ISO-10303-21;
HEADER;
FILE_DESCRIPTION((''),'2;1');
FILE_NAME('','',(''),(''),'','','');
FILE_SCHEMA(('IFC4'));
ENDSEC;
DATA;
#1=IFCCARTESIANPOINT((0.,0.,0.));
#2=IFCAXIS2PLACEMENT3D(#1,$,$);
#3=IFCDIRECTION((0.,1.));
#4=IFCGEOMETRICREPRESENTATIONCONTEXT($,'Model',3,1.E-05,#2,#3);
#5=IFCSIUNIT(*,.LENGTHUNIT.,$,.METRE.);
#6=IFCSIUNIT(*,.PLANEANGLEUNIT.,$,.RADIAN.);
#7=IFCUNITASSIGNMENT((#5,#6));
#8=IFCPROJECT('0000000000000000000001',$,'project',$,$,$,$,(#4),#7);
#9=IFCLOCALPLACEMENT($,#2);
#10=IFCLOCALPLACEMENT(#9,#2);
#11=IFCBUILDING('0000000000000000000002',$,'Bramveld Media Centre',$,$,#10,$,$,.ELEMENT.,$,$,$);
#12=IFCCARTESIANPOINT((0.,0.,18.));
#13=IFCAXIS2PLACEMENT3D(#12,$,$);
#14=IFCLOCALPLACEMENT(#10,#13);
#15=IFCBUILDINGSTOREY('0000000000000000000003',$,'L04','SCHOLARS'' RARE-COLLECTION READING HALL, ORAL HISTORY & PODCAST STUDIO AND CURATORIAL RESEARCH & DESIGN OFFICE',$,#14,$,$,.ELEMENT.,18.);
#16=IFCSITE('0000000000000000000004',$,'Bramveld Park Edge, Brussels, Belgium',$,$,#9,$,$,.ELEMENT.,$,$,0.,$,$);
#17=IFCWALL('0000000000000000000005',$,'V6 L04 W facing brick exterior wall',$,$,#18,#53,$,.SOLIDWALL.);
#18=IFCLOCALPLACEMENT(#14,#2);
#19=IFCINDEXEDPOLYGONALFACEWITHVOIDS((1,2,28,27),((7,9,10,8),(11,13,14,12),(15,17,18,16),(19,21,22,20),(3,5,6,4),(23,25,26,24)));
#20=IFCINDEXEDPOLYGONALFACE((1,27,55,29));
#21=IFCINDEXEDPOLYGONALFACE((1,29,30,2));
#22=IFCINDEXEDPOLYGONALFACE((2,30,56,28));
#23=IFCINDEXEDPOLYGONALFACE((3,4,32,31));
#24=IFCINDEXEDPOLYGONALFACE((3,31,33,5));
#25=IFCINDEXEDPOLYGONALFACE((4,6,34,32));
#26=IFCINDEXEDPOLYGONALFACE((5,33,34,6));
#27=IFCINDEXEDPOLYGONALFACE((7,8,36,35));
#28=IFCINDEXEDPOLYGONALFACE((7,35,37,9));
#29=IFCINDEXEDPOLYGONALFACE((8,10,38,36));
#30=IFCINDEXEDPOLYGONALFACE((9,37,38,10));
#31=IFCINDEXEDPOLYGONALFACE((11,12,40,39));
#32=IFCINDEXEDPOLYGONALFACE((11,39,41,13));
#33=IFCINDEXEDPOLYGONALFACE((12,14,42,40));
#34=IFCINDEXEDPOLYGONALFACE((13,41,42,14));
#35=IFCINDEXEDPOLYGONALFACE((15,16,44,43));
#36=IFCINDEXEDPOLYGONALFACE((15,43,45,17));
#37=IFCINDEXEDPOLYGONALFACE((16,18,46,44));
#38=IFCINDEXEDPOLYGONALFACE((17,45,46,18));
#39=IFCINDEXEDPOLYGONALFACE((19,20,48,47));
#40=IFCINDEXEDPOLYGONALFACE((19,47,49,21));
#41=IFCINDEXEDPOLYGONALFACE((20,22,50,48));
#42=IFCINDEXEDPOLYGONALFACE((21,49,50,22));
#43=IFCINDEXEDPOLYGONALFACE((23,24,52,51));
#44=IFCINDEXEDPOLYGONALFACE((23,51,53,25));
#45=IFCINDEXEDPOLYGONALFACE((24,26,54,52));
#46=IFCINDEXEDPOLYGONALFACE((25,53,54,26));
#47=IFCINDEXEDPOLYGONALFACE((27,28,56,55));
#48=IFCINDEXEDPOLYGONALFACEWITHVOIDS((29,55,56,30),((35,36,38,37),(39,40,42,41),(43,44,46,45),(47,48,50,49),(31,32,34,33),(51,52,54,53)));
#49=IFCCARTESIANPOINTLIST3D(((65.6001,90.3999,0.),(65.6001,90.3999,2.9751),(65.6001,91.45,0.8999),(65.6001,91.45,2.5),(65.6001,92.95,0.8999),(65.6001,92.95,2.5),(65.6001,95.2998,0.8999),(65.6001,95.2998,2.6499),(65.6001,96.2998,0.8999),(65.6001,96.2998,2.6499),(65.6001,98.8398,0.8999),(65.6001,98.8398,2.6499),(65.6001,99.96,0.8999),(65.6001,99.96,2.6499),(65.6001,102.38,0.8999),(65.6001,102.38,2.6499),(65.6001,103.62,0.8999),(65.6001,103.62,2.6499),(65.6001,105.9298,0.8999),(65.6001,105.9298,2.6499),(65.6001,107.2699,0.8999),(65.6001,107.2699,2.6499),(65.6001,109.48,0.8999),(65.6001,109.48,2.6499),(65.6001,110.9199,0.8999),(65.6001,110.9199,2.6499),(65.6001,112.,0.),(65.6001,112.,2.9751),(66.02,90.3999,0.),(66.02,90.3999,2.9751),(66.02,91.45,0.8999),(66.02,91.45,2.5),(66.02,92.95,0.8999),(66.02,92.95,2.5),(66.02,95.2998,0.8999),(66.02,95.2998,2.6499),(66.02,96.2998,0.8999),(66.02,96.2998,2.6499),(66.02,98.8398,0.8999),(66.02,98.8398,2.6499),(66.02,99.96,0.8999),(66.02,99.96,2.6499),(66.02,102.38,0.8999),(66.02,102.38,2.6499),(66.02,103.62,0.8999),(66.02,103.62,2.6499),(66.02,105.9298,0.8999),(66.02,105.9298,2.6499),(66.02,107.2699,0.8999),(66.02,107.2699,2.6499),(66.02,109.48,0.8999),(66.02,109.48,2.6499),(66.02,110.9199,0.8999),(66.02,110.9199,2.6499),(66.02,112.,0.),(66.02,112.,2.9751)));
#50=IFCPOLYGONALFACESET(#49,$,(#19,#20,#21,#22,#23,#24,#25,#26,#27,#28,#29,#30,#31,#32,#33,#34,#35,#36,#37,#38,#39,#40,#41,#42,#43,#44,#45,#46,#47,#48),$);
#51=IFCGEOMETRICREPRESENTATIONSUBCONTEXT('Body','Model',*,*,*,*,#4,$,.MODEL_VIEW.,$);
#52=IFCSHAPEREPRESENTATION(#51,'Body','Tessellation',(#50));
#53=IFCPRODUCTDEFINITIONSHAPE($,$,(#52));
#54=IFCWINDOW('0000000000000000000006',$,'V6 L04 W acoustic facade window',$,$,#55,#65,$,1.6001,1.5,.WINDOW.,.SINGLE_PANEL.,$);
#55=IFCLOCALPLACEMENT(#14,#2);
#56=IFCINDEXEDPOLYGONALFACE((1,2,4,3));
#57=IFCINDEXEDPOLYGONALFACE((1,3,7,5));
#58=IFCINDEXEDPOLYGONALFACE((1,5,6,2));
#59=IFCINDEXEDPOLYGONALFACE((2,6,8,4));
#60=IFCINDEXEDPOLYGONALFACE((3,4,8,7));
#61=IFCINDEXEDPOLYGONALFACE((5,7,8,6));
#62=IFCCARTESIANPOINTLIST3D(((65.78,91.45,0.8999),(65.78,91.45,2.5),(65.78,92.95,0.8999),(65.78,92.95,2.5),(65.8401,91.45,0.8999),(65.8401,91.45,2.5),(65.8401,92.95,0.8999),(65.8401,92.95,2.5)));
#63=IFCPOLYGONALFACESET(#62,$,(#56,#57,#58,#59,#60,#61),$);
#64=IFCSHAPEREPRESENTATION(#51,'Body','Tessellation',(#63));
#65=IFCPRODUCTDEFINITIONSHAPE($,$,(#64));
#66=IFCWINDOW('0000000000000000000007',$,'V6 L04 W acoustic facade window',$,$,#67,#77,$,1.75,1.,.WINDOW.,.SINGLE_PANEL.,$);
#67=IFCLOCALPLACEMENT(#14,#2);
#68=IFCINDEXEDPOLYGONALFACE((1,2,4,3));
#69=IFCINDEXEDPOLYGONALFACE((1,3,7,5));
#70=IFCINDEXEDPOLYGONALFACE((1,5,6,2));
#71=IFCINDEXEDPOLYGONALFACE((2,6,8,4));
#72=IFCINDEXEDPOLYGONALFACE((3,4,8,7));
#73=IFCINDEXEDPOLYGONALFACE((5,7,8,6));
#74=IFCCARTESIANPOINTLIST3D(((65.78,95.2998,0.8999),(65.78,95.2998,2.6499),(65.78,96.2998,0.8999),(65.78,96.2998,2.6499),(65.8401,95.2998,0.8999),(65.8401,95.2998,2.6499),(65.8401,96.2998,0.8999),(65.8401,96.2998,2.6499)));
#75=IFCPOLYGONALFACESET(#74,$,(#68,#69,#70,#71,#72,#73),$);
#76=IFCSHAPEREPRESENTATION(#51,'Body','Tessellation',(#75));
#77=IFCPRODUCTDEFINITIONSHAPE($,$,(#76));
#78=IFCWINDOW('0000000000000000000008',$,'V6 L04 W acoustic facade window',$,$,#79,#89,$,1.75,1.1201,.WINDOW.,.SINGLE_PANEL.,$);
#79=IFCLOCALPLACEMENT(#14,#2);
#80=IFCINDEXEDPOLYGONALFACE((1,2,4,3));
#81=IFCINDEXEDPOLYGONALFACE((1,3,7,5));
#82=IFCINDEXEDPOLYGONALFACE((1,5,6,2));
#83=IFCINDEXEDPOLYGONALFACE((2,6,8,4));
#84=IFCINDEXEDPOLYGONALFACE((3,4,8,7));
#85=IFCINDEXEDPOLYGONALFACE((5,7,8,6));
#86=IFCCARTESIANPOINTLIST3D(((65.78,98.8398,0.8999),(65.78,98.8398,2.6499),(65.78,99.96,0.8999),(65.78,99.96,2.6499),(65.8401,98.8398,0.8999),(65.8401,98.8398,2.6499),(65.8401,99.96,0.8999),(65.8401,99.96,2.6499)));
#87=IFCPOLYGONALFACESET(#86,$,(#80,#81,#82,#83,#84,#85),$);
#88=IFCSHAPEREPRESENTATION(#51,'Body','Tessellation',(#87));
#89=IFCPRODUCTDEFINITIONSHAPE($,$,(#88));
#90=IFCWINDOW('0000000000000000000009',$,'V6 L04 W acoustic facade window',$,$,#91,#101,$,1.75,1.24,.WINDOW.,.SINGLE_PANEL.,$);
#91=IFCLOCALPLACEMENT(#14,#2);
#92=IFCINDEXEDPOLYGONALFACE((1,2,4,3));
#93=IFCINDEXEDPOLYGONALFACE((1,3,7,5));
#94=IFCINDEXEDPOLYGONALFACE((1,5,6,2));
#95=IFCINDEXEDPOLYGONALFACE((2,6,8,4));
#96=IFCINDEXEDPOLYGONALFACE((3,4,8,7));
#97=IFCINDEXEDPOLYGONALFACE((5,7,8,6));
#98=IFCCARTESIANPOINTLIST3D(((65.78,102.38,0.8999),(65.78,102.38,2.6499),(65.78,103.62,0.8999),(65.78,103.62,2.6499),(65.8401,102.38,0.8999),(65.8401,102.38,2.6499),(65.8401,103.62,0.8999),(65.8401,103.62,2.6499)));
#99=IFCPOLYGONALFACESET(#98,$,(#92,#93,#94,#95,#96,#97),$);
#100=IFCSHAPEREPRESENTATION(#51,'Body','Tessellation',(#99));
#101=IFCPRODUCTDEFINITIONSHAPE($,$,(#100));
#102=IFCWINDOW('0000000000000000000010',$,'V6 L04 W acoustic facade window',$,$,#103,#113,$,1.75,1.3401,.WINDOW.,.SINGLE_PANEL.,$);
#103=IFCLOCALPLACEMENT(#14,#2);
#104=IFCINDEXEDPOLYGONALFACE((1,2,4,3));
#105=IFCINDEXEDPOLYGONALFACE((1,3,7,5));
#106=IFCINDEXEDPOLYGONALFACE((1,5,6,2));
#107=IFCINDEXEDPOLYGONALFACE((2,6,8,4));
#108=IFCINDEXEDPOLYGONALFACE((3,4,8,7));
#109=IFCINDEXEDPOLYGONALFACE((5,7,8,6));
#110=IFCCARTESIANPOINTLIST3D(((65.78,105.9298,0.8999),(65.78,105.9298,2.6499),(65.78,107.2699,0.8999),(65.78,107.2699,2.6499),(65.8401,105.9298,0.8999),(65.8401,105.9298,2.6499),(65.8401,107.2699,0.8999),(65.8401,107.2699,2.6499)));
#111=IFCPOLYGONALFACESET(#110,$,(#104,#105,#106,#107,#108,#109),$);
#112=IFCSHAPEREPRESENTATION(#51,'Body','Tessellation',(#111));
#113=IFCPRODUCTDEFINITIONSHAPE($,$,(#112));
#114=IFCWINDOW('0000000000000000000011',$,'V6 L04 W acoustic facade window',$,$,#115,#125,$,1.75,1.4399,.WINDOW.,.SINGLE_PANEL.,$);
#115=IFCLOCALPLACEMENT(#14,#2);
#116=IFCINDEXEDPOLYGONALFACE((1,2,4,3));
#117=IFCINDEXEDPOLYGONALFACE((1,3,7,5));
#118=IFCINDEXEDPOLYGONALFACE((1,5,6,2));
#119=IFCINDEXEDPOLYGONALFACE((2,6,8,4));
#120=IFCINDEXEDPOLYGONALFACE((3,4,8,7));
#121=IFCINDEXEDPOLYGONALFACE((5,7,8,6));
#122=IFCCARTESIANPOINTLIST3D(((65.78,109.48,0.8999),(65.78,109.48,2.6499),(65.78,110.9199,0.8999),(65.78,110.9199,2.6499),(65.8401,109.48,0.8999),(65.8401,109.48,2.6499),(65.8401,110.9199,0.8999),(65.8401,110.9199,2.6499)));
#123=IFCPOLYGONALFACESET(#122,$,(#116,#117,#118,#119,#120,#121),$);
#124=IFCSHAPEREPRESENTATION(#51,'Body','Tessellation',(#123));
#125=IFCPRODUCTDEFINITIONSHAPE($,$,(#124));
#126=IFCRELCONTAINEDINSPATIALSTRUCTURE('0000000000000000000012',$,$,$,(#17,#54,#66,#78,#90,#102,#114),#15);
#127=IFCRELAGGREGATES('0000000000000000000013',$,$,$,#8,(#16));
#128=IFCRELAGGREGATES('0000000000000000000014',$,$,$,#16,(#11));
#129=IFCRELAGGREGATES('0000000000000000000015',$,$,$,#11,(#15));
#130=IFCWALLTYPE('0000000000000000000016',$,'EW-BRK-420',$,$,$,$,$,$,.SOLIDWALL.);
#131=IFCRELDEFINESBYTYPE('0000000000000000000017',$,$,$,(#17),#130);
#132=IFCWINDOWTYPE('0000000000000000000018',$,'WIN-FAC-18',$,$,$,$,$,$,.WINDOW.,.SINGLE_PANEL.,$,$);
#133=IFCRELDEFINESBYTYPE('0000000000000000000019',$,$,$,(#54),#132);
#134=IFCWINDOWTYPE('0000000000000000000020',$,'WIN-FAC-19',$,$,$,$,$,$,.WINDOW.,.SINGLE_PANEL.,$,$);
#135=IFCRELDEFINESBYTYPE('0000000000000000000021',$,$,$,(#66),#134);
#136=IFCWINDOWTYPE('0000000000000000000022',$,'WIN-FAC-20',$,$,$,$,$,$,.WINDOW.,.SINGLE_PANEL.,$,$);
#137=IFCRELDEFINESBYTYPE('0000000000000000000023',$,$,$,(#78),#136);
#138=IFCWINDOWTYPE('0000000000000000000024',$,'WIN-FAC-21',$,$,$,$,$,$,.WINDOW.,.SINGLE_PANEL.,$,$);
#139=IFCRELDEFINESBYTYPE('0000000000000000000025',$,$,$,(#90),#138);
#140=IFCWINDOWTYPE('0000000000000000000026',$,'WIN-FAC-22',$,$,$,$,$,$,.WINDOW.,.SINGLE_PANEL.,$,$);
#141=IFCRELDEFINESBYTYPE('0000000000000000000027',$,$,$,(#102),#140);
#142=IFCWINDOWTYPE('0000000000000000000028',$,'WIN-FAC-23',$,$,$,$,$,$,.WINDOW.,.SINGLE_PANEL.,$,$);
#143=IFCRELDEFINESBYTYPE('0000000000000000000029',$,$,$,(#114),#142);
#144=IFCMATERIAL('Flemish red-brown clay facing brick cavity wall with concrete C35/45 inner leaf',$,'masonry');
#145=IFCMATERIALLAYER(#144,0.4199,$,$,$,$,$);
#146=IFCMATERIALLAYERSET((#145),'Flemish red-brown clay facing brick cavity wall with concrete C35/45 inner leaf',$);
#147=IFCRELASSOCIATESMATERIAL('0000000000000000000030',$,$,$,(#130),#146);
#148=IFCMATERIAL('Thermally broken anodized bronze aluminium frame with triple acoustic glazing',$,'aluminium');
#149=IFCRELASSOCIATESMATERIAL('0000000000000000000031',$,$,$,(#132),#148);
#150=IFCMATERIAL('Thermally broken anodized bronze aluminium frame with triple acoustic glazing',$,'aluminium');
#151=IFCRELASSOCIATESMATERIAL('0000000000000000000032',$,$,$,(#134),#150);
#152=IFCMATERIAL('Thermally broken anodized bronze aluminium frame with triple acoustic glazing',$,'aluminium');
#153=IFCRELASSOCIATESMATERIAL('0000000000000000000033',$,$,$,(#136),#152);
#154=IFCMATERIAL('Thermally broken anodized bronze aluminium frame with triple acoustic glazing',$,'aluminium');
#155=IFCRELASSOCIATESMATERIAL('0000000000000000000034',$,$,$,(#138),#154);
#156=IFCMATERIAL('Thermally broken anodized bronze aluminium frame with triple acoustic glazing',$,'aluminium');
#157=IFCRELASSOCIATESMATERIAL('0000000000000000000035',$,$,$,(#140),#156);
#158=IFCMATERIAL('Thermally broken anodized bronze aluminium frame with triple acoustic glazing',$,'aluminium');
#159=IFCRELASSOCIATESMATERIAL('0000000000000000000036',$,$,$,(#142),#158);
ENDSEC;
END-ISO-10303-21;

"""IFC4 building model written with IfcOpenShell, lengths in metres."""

from ifc_helpers import new_model, si_unit, direction, frame, frame_2d, origin, place, context, subcontext, project, spatial, rectangle, extrude, material, layer, layer_set, type_object, element, fill, save


model = new_model("IFC4")

# Units and contexts
model_context = context("Model", 3, precision=1e-05, world=origin(), true_north=direction((0.0, 1.0)))
body_context = subcontext(model_context, "Body", "Model", "MODEL_VIEW")
ifc_project = project(units=[si_unit("LENGTHUNIT", "METRE"), si_unit("PLANEANGLEUNIT", "RADIAN")], contexts=[model_context])

# Site, building, storey
site_placement = place(None, origin())
site = spatial("IfcSite", under=ifc_project, at=site_placement, Name="Bramveld Park Edge, Brussels, Belgium", CompositionType="ELEMENT", RefElevation=0.0)
building_placement = place(site_placement, origin())
building = spatial("IfcBuilding", under=site, at=building_placement, Name="Bramveld Media Centre", CompositionType="ELEMENT")
storey_placement = place(building_placement, frame((0.0, 0.0, 18.0)))
storey = spatial("IfcBuildingStorey", under=building, at=storey_placement, Name="L04", Description="SCHOLARS' RARE-COLLECTION READING HALL, ORAL HISTORY & PODCAST STUDIO AND CURATORIAL RESEARCH & DESIGN OFFICE", CompositionType="ELEMENT", Elevation=18.0)

# Wall, openings, windows
ifc_material_1 = material(Name="Flemish red-brown clay facing brick cavity wall with concrete C35/45 inner leaf", Category="masonry")
ifc_layer_1 = layer(ifc_material_1, 0.4199)
ifc_layer_set_1 = layer_set([ifc_layer_1], Name="Flemish red-brown clay facing brick cavity wall with concrete C35/45 inner leaf")
wall_type_1 = type_object("IfcWallType", Name="EW-BRK-420", PredefinedType="SOLIDWALL", material=ifc_layer_set_1)
wall_1_placement = place(storey_placement, frame((65.8101, 90.3999, 0.0), z_axis=(0.0, 0.0, 1.0), x_axis=(0.0, 1.0, 0.0)))
wall_1 = element("IfcWall", 1, at=wall_1_placement, inside=storey, type_object=wall_type_1, Name="V6 L04 W facing brick exterior wall", PredefinedType="SOLIDWALL", context=body_context, shape_type="SweptSolid", body=[
    extrude(rectangle(XDim=21.6001, YDim=0.4199, at=frame_2d((10.8, 0.0))), origin(), (0.0, 0.0, 1.0), 2.9751),
])
opening_1_placement = place(wall_1_placement, frame((1.05, 0.0, 0.8999)))
opening_1 = element("IfcOpeningElement", 2, at=opening_1_placement, cuts=wall_1, PredefinedType="OPENING", context=body_context, shape_type="SweptSolid", body=[
    extrude(rectangle(XDim=1.5, YDim=1.6001, at=frame_2d((0.75, 0.8))), frame((0.0, 0.2219, 0.0), z_axis=(0.0, -1.0, 0.0), x_axis=(1.0, 0.0, 0.0)), (0.0, 0.0, 1.0), 0.4438),
])
opening_2_placement = place(wall_1_placement, frame((4.8999, 0.0, 0.8999)))
opening_2 = element("IfcOpeningElement", 3, at=opening_2_placement, cuts=wall_1, PredefinedType="OPENING", context=body_context, shape_type="SweptSolid", body=[
    extrude(rectangle(XDim=1.0, YDim=1.75, at=frame_2d((0.5, 0.875))), frame((0.0, 0.2219, 0.0), z_axis=(0.0, -1.0, 0.0), x_axis=(1.0, 0.0, 0.0)), (0.0, 0.0, 1.0), 0.4438),
])
opening_3_placement = place(wall_1_placement, frame((8.4399, 0.0, 0.8999)))
opening_3 = element("IfcOpeningElement", 4, at=opening_3_placement, cuts=wall_1, PredefinedType="OPENING", context=body_context, shape_type="SweptSolid", body=[
    extrude(rectangle(XDim=1.1201, YDim=1.75, at=frame_2d((0.5601, 0.875))), frame((0.0, 0.2219, 0.0), z_axis=(0.0, -1.0, 0.0), x_axis=(1.0, 0.0, 0.0)), (0.0, 0.0, 1.0), 0.4438),
])
opening_4_placement = place(wall_1_placement, frame((11.98, 0.0, 0.8999)))
opening_4 = element("IfcOpeningElement", 5, at=opening_4_placement, cuts=wall_1, PredefinedType="OPENING", context=body_context, shape_type="SweptSolid", body=[
    extrude(rectangle(XDim=1.24, YDim=1.75, at=frame_2d((0.6201, 0.875))), frame((0.0, 0.2219, 0.0), z_axis=(0.0, -1.0, 0.0), x_axis=(1.0, 0.0, 0.0)), (0.0, 0.0, 1.0), 0.4438),
])
opening_5_placement = place(wall_1_placement, frame((15.53, 0.0, 0.8999)))
opening_5 = element("IfcOpeningElement", 6, at=opening_5_placement, cuts=wall_1, PredefinedType="OPENING", context=body_context, shape_type="SweptSolid", body=[
    extrude(rectangle(XDim=1.3401, YDim=1.75, at=frame_2d((0.6699, 0.875))), frame((0.0, 0.2219, 0.0), z_axis=(0.0, -1.0, 0.0), x_axis=(1.0, 0.0, 0.0)), (0.0, 0.0, 1.0), 0.4438),
])
opening_6_placement = place(wall_1_placement, frame((19.0801, 0.0, 0.8999)))
opening_6 = element("IfcOpeningElement", 7, at=opening_6_placement, cuts=wall_1, PredefinedType="OPENING", context=body_context, shape_type="SweptSolid", body=[
    extrude(rectangle(XDim=1.4399, YDim=1.75, at=frame_2d((0.72, 0.875))), frame((0.0, 0.2219, 0.0), z_axis=(0.0, -1.0, 0.0), x_axis=(1.0, 0.0, 0.0)), (0.0, 0.0, 1.0), 0.4438),
])
ifc_material_2 = material(Name="Thermally broken anodized bronze aluminium frame with triple acoustic glazing", Category="aluminium")
window_type_1 = type_object("IfcWindowType", Name="WIN-FAC-18", PartitioningType="SINGLE_PANEL", PredefinedType="WINDOW", material=ifc_material_2)
window_1_placement = place(opening_1_placement, origin())
window_1 = element("IfcWindow", 8, at=window_1_placement, inside=storey, type_object=window_type_1, Name="V6 L04 W acoustic facade window", OverallHeight=1.6001, OverallWidth=1.5, PartitioningType="SINGLE_PANEL", PredefinedType="WINDOW", context=body_context, shape_type="SweptSolid", body=[
    extrude(rectangle(XDim=1.5, YDim=1.6001, at=frame_2d((0.75, 0.8))), frame((0.0, 0.03, 0.0), z_axis=(0.0, -1.0, 0.0), x_axis=(1.0, 0.0, 0.0)), (0.0, 0.0, 1.0), 0.0601),
])
fill(opening_1, window_1)
ifc_material_3 = material(Name="Thermally broken anodized bronze aluminium frame with triple acoustic glazing", Category="aluminium")
window_type_2 = type_object("IfcWindowType", Name="WIN-FAC-19", PartitioningType="SINGLE_PANEL", PredefinedType="WINDOW", material=ifc_material_3)
window_2_placement = place(opening_2_placement, origin())
window_2 = element("IfcWindow", 9, at=window_2_placement, inside=storey, type_object=window_type_2, Name="V6 L04 W acoustic facade window", OverallHeight=1.75, OverallWidth=1.0, PartitioningType="SINGLE_PANEL", PredefinedType="WINDOW", context=body_context, shape_type="SweptSolid", body=[
    extrude(rectangle(XDim=1.0, YDim=1.75, at=frame_2d((0.5, 0.875))), frame((0.0, 0.03, 0.0), z_axis=(0.0, -1.0, 0.0), x_axis=(1.0, 0.0, 0.0)), (0.0, 0.0, 1.0), 0.0601),
])
fill(opening_2, window_2)
ifc_material_4 = material(Name="Thermally broken anodized bronze aluminium frame with triple acoustic glazing", Category="aluminium")
window_type_3 = type_object("IfcWindowType", Name="WIN-FAC-20", PartitioningType="SINGLE_PANEL", PredefinedType="WINDOW", material=ifc_material_4)
window_3_placement = place(opening_3_placement, origin())
window_3 = element("IfcWindow", 10, at=window_3_placement, inside=storey, type_object=window_type_3, Name="V6 L04 W acoustic facade window", OverallHeight=1.75, OverallWidth=1.1201, PartitioningType="SINGLE_PANEL", PredefinedType="WINDOW", context=body_context, shape_type="SweptSolid", body=[
    extrude(rectangle(XDim=1.1201, YDim=1.75, at=frame_2d((0.5601, 0.875))), frame((0.0, 0.03, 0.0), z_axis=(0.0, -1.0, 0.0), x_axis=(1.0, 0.0, 0.0)), (0.0, 0.0, 1.0), 0.0601),
])
fill(opening_3, window_3)
ifc_material_5 = material(Name="Thermally broken anodized bronze aluminium frame with triple acoustic glazing", Category="aluminium")
window_type_4 = type_object("IfcWindowType", Name="WIN-FAC-21", PartitioningType="SINGLE_PANEL", PredefinedType="WINDOW", material=ifc_material_5)
window_4_placement = place(opening_4_placement, origin())
window_4 = element("IfcWindow", 11, at=window_4_placement, inside=storey, type_object=window_type_4, Name="V6 L04 W acoustic facade window", OverallHeight=1.75, OverallWidth=1.24, PartitioningType="SINGLE_PANEL", PredefinedType="WINDOW", context=body_context, shape_type="SweptSolid", body=[
    extrude(rectangle(XDim=1.24, YDim=1.75, at=frame_2d((0.6201, 0.875))), frame((0.0, 0.03, 0.0), z_axis=(0.0, -1.0, 0.0), x_axis=(1.0, 0.0, 0.0)), (0.0, 0.0, 1.0), 0.0601),
])
fill(opening_4, window_4)
ifc_material_6 = material(Name="Thermally broken anodized bronze aluminium frame with triple acoustic glazing", Category="aluminium")
window_type_5 = type_object("IfcWindowType", Name="WIN-FAC-22", PartitioningType="SINGLE_PANEL", PredefinedType="WINDOW", material=ifc_material_6)
window_5_placement = place(opening_5_placement, origin())
window_5 = element("IfcWindow", 12, at=window_5_placement, inside=storey, type_object=window_type_5, Name="V6 L04 W acoustic facade window", OverallHeight=1.75, OverallWidth=1.3401, PartitioningType="SINGLE_PANEL", PredefinedType="WINDOW", context=body_context, shape_type="SweptSolid", body=[
    extrude(rectangle(XDim=1.3401, YDim=1.75, at=frame_2d((0.6699, 0.875))), frame((0.0, 0.03, 0.0), z_axis=(0.0, -1.0, 0.0), x_axis=(1.0, 0.0, 0.0)), (0.0, 0.0, 1.0), 0.0601),
])
fill(opening_5, window_5)
ifc_material_7 = material(Name="Thermally broken anodized bronze aluminium frame with triple acoustic glazing", Category="aluminium")
window_type_6 = type_object("IfcWindowType", Name="WIN-FAC-23", PartitioningType="SINGLE_PANEL", PredefinedType="WINDOW", material=ifc_material_7)
window_6_placement = place(opening_6_placement, origin())
window_6 = element("IfcWindow", 13, at=window_6_placement, inside=storey, type_object=window_type_6, Name="V6 L04 W acoustic facade window", OverallHeight=1.75, OverallWidth=1.4399, PartitioningType="SINGLE_PANEL", PredefinedType="WINDOW", context=body_context, shape_type="SweptSolid", body=[
    extrude(rectangle(XDim=1.4399, YDim=1.75, at=frame_2d((0.72, 0.875))), frame((0.0, 0.03, 0.0), z_axis=(0.0, -1.0, 0.0), x_axis=(1.0, 0.0, 0.0)), (0.0, 0.0, 1.0), 0.0601),
])
fill(opening_6, window_6)

save(model, "model.ifc")
